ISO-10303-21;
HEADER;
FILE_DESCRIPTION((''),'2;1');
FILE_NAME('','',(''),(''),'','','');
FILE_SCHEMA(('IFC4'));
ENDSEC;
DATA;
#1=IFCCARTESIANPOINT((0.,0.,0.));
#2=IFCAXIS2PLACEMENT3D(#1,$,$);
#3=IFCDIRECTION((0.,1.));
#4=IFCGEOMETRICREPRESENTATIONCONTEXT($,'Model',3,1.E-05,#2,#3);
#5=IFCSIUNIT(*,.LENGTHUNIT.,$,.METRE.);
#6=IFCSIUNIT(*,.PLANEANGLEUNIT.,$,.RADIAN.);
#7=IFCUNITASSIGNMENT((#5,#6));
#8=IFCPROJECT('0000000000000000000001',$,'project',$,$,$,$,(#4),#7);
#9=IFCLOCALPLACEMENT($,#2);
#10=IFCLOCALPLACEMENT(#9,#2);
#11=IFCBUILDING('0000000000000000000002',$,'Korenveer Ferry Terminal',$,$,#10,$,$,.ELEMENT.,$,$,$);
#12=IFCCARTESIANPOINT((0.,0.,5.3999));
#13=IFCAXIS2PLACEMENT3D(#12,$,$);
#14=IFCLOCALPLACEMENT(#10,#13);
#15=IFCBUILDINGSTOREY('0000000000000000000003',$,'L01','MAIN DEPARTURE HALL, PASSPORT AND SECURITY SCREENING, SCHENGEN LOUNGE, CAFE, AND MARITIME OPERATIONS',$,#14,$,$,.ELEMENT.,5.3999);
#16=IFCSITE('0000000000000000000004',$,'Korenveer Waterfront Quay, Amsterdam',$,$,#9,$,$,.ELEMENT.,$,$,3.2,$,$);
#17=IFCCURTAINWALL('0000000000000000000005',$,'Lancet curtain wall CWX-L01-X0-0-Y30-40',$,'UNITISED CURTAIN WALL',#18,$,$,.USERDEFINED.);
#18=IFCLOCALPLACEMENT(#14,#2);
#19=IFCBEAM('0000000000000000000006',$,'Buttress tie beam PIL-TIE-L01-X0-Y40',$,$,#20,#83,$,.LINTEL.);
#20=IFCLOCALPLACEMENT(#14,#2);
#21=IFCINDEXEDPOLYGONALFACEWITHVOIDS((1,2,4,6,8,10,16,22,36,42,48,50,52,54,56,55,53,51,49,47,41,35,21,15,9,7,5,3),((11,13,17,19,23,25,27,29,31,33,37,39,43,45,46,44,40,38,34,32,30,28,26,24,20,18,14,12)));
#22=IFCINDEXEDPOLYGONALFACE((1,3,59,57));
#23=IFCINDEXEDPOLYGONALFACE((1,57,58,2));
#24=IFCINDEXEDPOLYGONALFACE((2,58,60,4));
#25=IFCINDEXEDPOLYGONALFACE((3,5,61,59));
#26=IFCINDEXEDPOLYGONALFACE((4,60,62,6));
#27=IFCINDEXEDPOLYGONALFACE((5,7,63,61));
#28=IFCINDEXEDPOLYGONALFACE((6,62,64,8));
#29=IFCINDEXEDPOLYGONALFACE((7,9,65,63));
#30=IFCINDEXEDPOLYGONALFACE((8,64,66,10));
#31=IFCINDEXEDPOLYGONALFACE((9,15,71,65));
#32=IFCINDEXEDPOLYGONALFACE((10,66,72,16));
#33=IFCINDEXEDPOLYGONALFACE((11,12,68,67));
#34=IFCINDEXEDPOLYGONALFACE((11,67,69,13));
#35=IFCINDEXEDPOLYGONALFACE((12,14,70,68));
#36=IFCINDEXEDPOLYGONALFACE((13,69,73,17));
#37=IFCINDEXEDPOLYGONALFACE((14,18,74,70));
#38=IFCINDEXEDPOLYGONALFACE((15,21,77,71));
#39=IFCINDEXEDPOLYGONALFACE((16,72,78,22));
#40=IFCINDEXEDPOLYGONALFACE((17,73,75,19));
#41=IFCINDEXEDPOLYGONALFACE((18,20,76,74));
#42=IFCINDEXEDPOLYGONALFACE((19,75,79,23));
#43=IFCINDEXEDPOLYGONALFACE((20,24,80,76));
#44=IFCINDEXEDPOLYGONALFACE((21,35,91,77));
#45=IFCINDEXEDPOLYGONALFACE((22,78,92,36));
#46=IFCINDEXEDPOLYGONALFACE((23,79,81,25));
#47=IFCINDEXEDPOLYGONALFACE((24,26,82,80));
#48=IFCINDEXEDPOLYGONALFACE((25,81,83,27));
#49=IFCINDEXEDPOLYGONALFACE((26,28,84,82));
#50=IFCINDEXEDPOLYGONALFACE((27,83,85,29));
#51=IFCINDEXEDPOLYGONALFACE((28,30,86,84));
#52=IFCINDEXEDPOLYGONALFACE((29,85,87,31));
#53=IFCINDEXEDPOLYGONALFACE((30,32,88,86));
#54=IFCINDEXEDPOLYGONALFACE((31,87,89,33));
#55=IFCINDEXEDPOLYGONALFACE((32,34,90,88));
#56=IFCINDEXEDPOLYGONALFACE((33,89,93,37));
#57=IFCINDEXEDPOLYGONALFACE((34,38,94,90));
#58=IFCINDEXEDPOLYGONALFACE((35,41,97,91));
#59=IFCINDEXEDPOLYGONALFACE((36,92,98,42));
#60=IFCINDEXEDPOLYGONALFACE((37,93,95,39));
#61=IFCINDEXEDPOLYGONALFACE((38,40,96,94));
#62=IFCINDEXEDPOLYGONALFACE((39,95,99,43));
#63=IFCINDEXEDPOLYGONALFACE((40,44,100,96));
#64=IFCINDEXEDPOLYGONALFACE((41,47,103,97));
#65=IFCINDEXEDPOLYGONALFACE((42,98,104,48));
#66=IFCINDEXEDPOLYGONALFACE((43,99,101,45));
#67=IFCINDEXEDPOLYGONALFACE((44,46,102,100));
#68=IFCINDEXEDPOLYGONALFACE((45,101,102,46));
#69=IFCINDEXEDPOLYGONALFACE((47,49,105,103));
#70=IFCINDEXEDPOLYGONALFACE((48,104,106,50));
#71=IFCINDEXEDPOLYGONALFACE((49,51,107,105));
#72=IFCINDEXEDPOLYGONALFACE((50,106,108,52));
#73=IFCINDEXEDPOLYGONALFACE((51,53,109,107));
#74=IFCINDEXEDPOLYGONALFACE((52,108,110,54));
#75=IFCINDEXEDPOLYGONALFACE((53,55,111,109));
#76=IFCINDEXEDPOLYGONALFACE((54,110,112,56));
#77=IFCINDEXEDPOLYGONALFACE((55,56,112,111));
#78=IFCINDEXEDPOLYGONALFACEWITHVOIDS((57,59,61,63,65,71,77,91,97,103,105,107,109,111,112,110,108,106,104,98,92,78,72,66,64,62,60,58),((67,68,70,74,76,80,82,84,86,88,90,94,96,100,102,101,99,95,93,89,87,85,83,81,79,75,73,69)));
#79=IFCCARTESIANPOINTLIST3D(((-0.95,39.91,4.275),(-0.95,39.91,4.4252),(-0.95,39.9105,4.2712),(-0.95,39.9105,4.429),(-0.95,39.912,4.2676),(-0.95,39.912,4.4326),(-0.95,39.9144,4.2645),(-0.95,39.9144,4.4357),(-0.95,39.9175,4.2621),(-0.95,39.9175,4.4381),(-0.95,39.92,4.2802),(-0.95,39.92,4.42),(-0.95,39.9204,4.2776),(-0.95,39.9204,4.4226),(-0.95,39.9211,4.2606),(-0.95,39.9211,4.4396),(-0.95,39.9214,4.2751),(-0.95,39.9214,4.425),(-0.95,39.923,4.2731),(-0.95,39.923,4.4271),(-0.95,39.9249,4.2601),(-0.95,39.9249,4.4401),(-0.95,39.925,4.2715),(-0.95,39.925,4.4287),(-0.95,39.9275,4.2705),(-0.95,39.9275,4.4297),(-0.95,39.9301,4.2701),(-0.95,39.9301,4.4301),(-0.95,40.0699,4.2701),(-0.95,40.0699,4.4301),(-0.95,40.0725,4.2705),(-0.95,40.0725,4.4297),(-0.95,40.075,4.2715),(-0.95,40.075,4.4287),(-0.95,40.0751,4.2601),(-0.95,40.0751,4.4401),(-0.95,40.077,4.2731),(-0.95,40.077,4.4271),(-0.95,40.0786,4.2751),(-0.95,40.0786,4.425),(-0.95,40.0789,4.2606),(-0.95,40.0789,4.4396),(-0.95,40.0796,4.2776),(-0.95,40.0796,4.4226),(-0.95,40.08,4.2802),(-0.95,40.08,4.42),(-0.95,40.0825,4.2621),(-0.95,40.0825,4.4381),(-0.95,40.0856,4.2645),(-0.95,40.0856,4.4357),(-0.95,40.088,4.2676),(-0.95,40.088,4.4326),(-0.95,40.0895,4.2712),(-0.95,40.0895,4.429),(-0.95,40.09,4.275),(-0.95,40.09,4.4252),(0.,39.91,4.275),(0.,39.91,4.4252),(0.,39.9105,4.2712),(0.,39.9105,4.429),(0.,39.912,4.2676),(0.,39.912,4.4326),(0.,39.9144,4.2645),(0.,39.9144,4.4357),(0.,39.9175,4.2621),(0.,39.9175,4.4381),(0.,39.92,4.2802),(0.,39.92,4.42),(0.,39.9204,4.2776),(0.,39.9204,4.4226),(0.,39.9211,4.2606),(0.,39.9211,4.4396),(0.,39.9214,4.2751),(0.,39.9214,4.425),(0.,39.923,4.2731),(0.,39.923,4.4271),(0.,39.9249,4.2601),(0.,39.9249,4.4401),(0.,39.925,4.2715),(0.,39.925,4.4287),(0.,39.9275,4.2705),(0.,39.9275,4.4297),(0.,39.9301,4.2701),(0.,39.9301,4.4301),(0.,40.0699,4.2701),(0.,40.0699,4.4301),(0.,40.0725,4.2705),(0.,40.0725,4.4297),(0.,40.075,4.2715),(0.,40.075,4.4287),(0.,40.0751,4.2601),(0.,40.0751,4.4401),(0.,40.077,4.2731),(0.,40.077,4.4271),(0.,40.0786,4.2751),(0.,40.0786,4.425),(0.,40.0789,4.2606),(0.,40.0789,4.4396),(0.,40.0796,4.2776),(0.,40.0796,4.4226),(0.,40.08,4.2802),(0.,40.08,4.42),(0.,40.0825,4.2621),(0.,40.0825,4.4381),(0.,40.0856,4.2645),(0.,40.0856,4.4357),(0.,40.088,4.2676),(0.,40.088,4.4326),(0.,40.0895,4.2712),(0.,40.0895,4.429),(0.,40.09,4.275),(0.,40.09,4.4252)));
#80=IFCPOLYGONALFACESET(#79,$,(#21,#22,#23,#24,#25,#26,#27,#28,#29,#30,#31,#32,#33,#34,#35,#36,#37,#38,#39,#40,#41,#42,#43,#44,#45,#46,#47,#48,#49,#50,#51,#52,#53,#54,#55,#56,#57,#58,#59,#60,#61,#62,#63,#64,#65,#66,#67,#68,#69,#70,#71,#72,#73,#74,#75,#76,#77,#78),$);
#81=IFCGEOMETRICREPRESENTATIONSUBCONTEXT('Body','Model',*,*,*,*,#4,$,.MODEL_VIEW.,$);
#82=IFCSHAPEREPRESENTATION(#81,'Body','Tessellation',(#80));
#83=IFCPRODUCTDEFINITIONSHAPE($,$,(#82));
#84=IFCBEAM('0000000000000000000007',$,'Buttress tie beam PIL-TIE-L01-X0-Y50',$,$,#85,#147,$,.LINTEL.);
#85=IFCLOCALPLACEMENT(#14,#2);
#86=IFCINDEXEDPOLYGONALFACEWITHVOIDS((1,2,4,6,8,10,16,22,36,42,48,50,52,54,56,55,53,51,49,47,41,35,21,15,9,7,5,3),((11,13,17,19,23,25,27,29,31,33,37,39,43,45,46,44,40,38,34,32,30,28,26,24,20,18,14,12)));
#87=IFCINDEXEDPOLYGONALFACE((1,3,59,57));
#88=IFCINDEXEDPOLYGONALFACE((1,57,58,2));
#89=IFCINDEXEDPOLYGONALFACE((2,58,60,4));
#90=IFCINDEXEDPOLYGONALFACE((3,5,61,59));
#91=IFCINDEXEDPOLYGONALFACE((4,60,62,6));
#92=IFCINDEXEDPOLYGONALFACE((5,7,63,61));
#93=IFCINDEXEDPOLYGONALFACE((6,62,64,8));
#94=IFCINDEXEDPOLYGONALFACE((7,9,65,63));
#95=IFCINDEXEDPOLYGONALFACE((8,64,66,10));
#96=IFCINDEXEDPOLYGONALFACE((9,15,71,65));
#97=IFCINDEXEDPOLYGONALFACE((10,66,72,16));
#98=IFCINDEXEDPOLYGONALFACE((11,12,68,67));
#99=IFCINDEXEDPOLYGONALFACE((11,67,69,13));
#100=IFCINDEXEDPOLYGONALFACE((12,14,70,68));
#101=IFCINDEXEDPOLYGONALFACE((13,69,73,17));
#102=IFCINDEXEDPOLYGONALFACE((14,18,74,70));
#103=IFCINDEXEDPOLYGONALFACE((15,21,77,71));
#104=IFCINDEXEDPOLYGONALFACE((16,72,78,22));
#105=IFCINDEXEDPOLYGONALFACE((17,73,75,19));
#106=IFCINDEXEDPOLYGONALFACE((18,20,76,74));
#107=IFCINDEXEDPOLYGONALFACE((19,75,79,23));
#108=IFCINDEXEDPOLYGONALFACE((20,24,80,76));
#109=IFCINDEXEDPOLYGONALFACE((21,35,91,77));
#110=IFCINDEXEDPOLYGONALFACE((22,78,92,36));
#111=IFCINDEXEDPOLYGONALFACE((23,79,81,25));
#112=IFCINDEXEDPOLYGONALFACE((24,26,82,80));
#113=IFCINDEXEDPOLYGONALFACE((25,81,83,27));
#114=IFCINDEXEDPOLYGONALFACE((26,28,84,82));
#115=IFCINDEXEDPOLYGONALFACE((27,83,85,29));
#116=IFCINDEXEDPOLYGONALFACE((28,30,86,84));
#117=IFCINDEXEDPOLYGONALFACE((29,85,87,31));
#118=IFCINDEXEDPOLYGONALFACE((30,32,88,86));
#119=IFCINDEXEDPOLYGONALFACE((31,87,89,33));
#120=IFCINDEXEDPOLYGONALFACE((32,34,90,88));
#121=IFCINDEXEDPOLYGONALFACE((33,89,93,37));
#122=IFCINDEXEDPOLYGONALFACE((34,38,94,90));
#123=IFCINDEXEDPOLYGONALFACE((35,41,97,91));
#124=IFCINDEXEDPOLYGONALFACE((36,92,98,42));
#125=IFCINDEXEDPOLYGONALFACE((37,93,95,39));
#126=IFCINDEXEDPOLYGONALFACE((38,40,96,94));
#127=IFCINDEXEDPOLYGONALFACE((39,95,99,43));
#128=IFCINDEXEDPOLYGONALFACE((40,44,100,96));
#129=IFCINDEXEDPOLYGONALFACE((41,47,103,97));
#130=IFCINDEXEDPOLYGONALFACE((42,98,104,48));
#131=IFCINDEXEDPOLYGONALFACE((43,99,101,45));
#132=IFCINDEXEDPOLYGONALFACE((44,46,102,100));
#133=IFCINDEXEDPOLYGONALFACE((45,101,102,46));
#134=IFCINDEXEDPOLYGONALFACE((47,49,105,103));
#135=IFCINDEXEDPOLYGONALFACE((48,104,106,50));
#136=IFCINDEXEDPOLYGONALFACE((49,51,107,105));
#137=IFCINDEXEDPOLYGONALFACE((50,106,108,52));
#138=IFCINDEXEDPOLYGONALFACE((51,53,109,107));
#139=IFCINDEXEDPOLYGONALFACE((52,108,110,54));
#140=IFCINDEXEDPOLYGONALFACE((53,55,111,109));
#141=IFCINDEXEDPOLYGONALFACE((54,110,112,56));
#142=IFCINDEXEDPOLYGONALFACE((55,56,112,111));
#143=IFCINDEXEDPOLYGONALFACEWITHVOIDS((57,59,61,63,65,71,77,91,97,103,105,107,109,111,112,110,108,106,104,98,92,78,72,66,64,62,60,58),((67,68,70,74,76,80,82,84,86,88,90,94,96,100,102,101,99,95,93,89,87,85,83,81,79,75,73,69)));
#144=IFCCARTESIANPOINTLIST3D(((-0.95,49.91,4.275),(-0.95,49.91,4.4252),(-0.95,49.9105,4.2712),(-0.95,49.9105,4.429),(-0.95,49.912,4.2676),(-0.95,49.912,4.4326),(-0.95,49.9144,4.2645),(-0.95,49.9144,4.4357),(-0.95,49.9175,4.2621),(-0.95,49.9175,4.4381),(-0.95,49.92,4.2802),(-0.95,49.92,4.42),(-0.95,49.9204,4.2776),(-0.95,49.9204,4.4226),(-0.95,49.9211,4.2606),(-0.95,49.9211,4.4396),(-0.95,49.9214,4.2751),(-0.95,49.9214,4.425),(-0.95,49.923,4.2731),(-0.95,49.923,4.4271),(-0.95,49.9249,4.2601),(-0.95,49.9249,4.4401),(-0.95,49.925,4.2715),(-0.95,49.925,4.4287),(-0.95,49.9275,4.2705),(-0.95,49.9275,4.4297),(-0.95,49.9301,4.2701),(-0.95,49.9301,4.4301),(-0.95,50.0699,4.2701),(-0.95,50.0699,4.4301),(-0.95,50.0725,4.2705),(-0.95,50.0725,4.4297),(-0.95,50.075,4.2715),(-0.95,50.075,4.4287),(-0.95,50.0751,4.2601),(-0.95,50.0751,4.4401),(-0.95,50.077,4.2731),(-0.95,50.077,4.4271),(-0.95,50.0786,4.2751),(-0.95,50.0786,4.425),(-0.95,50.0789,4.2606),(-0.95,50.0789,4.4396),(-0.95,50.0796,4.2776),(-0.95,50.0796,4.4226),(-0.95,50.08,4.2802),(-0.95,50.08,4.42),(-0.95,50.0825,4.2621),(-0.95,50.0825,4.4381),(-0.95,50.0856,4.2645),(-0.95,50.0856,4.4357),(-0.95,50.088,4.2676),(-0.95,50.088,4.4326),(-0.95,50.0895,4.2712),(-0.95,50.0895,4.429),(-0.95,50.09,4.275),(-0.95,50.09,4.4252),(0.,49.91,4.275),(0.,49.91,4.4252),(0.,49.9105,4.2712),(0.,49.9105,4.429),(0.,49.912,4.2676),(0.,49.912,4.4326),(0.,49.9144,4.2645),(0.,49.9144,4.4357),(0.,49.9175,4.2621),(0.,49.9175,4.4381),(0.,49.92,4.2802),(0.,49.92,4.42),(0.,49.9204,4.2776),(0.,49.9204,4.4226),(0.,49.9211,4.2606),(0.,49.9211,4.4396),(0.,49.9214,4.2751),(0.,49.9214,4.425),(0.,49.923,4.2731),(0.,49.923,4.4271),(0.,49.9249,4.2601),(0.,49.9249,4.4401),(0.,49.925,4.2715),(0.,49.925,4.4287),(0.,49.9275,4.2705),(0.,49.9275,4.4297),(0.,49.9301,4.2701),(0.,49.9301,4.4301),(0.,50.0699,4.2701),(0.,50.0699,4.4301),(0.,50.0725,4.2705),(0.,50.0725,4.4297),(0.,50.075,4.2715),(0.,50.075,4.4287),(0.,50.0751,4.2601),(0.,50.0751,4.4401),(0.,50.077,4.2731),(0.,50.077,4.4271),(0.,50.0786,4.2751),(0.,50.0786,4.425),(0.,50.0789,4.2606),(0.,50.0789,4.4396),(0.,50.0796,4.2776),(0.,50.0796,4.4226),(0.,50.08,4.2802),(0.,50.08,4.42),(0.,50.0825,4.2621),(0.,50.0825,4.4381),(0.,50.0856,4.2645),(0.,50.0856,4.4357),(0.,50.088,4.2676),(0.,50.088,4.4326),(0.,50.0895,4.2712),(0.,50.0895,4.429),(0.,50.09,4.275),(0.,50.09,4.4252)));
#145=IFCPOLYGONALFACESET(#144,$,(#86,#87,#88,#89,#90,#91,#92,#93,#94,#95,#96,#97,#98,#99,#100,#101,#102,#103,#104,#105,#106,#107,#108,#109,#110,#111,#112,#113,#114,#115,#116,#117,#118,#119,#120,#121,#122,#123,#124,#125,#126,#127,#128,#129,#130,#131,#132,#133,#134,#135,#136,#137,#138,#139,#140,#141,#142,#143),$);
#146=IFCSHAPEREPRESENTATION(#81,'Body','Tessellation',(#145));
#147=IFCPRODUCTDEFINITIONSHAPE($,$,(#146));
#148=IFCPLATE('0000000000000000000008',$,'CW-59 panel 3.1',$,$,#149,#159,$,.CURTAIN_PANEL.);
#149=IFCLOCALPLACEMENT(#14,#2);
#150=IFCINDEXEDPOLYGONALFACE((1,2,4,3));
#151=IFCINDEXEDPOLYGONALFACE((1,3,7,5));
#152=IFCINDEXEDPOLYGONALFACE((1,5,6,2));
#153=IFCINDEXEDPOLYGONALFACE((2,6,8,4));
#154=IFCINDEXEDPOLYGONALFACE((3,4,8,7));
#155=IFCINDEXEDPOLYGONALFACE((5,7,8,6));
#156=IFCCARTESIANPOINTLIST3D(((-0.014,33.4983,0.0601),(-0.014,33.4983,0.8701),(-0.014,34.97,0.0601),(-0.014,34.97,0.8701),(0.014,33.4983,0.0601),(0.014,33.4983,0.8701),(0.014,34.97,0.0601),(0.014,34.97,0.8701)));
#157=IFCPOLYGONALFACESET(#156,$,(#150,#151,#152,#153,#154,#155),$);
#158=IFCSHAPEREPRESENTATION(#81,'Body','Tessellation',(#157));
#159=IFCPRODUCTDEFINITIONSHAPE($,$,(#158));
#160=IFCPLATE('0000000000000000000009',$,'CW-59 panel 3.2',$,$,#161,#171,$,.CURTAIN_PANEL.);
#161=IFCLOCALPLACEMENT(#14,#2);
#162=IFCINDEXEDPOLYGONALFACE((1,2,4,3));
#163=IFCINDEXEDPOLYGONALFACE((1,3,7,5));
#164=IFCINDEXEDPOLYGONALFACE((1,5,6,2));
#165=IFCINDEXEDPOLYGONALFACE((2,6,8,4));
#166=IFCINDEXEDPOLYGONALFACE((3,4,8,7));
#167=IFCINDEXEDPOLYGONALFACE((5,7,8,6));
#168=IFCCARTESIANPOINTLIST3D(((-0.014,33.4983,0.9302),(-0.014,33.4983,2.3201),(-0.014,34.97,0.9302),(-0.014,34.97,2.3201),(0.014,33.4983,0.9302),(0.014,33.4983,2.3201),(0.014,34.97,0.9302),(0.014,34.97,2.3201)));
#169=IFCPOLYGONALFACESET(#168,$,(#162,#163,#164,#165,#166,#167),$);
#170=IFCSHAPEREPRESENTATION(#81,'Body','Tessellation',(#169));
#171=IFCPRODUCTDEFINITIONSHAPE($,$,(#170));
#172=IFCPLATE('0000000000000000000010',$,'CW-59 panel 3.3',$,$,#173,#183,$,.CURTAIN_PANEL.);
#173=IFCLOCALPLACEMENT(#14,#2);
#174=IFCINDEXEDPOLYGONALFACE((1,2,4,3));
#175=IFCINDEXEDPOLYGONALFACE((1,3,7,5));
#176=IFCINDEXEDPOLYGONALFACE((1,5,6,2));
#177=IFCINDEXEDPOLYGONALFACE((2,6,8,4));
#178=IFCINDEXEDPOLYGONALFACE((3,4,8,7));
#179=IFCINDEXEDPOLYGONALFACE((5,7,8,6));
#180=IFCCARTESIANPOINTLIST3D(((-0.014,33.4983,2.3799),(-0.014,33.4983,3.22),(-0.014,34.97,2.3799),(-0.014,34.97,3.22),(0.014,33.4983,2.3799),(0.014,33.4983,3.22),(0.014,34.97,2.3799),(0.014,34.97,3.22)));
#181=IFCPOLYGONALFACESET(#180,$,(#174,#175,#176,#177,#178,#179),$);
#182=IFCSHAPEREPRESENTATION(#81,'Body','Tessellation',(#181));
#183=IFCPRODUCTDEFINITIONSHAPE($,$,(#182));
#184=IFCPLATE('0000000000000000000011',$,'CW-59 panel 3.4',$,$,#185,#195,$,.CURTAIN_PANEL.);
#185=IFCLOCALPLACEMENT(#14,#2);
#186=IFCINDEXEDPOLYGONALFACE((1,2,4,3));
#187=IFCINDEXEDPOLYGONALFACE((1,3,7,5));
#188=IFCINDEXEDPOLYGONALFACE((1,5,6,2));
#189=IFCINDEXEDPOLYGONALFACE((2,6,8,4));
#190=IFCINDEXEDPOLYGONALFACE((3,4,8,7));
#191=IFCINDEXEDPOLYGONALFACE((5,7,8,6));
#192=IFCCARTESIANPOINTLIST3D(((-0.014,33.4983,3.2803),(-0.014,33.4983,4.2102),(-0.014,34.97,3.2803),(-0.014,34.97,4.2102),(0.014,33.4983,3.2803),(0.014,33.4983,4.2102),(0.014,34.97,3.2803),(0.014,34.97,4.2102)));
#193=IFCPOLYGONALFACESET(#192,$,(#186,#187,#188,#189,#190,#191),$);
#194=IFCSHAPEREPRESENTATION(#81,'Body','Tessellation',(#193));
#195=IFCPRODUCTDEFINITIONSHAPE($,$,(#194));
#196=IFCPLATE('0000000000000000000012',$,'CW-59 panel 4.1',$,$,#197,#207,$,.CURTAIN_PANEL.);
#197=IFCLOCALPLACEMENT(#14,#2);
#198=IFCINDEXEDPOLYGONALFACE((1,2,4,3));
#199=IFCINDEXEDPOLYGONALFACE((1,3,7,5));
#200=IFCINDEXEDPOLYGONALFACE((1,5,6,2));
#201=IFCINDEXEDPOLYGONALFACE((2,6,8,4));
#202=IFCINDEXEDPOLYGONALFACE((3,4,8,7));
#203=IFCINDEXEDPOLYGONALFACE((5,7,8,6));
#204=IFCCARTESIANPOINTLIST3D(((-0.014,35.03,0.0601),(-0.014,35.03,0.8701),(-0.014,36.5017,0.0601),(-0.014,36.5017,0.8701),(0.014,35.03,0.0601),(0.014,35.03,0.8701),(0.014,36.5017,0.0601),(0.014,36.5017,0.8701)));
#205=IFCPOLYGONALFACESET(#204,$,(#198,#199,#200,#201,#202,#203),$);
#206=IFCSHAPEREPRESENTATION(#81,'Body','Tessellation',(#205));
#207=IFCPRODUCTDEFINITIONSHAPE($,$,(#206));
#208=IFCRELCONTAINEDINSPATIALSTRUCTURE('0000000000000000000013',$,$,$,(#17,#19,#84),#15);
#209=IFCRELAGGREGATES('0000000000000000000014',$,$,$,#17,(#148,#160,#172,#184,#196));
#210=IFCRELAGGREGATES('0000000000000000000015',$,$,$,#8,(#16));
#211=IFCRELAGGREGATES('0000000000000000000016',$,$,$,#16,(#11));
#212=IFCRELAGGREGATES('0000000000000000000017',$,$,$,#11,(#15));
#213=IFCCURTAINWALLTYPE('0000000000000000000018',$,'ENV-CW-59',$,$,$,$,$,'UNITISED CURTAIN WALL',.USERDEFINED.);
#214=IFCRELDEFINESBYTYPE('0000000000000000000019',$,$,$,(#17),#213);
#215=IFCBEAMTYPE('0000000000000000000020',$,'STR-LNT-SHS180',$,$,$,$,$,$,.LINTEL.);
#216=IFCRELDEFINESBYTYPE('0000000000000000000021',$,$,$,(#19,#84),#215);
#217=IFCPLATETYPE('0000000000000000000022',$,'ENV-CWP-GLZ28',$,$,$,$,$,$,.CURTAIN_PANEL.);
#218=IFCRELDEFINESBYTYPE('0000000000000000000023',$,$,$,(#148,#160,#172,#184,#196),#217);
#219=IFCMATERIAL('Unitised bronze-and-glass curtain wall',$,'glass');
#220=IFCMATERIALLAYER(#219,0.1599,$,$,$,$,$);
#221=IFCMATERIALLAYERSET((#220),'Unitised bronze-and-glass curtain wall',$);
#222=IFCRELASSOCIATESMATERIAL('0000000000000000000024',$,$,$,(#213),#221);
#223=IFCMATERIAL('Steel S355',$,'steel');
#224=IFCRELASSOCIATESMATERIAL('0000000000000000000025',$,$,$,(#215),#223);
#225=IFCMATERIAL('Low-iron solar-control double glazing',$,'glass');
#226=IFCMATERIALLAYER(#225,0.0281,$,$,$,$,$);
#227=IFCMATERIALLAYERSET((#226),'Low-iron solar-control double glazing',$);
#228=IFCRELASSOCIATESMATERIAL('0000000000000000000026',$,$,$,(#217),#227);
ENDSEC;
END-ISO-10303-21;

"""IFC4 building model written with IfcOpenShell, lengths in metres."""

from ifc_helpers import new_model, si_unit, direction, frame, origin, origin_2d, place, context, subcontext, project, spatial, rectangle, hollow_rectangle, extrude, material, layer, layer_set, material_profile, profile_set, type_object, element, aggregate, save


model = new_model("IFC4")

# Units and contexts
model_context = context("Model", 3, precision=1e-05, world=origin(), true_north=direction((0.0, 1.0)))
body_context = subcontext(model_context, "Body", "Model", "MODEL_VIEW")
ifc_project = project(units=[si_unit("LENGTHUNIT", "METRE"), si_unit("PLANEANGLEUNIT", "RADIAN")], contexts=[model_context])

# Site, building, storey
site_placement = place(None, origin())
site = spatial("IfcSite", under=ifc_project, at=site_placement, Name="Korenveer Waterfront Quay, Amsterdam", CompositionType="ELEMENT", RefElevation=3.2)
building_placement = place(site_placement, origin())
building = spatial("IfcBuilding", under=site, at=building_placement, Name="Korenveer Ferry Terminal", CompositionType="ELEMENT")
storey_placement = place(building_placement, frame((0.0, 0.0, 5.3999)))
storey = spatial("IfcBuildingStorey", under=building, at=storey_placement, Name="L01", Description="MAIN DEPARTURE HALL, PASSPORT AND SECURITY SCREENING, SCHENGEN LOUNGE, CAFE, AND MARITIME OPERATIONS", CompositionType="ELEMENT", Elevation=5.3999)

# Shared definitions
ifc_material_1 = material(Name="Steel S355", Category="steel")

# Curtain wall
ifc_material_2 = material(Name="Unitised bronze-and-glass curtain wall", Category="glass")
ifc_layer_1 = layer(ifc_material_2, 0.1599)
ifc_layer_set_1 = layer_set([ifc_layer_1], Name="Unitised bronze-and-glass curtain wall")
curtain_wall_type = type_object("IfcCurtainWallType", Name="ENV-CW-59", ElementType="UNITISED CURTAIN WALL", PredefinedType="USERDEFINED", material=ifc_layer_set_1)
curtain_wall_placement = place(storey_placement, frame((0.0, 30.405, 0.0)))
curtain_wall = element("IfcCurtainWall", 1, at=curtain_wall_placement, inside=storey, type_object=curtain_wall_type, Name="Lancet curtain wall CWX-L01-X0-0-Y30-40", ObjectType="UNITISED CURTAIN WALL", PredefinedType="USERDEFINED")

# Beams
ifc_material_profile_1 = material_profile(ifc_material_1, hollow_rectangle(XDim=0.1799, YDim=0.1799, WallThickness=0.01, InnerFilletRadius=0.01, OuterFilletRadius=0.0149, at=origin_2d()), Name="SHS 180x180x10")
ifc_profile_set_1 = profile_set([ifc_material_profile_1], Name="Steel S355")
beam_type = type_object("IfcBeamType", Name="STR-LNT-SHS180", PredefinedType="LINTEL", material=ifc_profile_set_1)
for number, where, z_axis, x_axis, name in (
    (2, (-0.95, 40.0, 4.3501), (1.0, 0.0, 0.0), (0.0, 1.0, 0.0), "Buttress tie beam PIL-TIE-L01-X0-Y40"),
    (3, (-0.95, 50.0, 4.3501), (1.0, 0.0, 0.0), (0.0, 1.0, 0.0), "Buttress tie beam PIL-TIE-L01-X0-Y50"),
):
    element("IfcBeam", number, at=place(storey_placement, frame(where, z_axis=z_axis, x_axis=x_axis)), inside=storey, type_object=beam_type, Name=name, PredefinedType="LINTEL", context=body_context, shape_type="SweptSolid", body=[
        extrude(hollow_rectangle(XDim=0.1799, YDim=0.1799, WallThickness=0.01, InnerFilletRadius=0.01, OuterFilletRadius=0.0149, at=origin_2d()), origin(), (0.0, 0.0, 1.0), 0.95),
    ])

# Plates
ifc_material_3 = material(Name="Low-iron solar-control double glazing", Category="glass")
ifc_layer_2 = layer(ifc_material_3, 0.0281)
ifc_layer_set_2 = layer_set([ifc_layer_2], Name="Low-iron solar-control double glazing")
plate_type_1 = type_object("IfcPlateType", Name="ENV-CWP-GLZ28", PredefinedType="CURTAIN_PANEL", material=ifc_layer_set_2)
plate_1_placement = place(storey_placement, frame((0.0, 34.2341, 0.0601), z_axis=(0.0, 0.0, 1.0), x_axis=(0.0, 1.0, 0.0)))
plate_1 = element("IfcPlate", 4, at=plate_1_placement, type_object=plate_type_1, Name="CW-59 panel 3.1", PredefinedType="CURTAIN_PANEL", context=body_context, shape_type="SweptSolid", body=[
    extrude(rectangle(XDim=1.4717, YDim=0.0281, at=origin_2d()), origin(), (0.0, 0.0, 1.0), 0.8101),
])
plate_2_placement = place(storey_placement, frame((0.0, 34.2341, 0.9302), z_axis=(0.0, 0.0, 1.0), x_axis=(0.0, 1.0, 0.0)))
plate_2 = element("IfcPlate", 5, at=plate_2_placement, type_object=plate_type_1, Name="CW-59 panel 3.2", PredefinedType="CURTAIN_PANEL", context=body_context, shape_type="SweptSolid", body=[
    extrude(rectangle(XDim=1.4717, YDim=0.0281, at=origin_2d()), origin(), (0.0, 0.0, 1.0), 1.3899),
])
plate_3_placement = place(storey_placement, frame((0.0, 34.2341, 2.3799), z_axis=(0.0, 0.0, 1.0), x_axis=(0.0, 1.0, 0.0)))
plate_3 = element("IfcPlate", 6, at=plate_3_placement, type_object=plate_type_1, Name="CW-59 panel 3.3", PredefinedType="CURTAIN_PANEL", context=body_context, shape_type="SweptSolid", body=[
    extrude(rectangle(XDim=1.4717, YDim=0.0281, at=origin_2d()), origin(), (0.0, 0.0, 1.0), 0.8401),
])
plate_4_placement = place(storey_placement, frame((0.0, 34.2341, 3.2803), z_axis=(0.0, 0.0, 1.0), x_axis=(0.0, 1.0, 0.0)))
plate_4 = element("IfcPlate", 7, at=plate_4_placement, type_object=plate_type_1, Name="CW-59 panel 3.4", PredefinedType="CURTAIN_PANEL", context=body_context, shape_type="SweptSolid", body=[
    extrude(rectangle(XDim=1.4717, YDim=0.0281, at=origin_2d()), origin(), (0.0, 0.0, 1.0), 0.9299),
])
plate_5_placement = place(storey_placement, frame((0.0, 35.7659, 0.0601), z_axis=(0.0, 0.0, 1.0), x_axis=(0.0, 1.0, 0.0)))
plate_5 = element("IfcPlate", 8, at=plate_5_placement, type_object=plate_type_1, Name="CW-59 panel 4.1", PredefinedType="CURTAIN_PANEL", context=body_context, shape_type="SweptSolid", body=[
    extrude(rectangle(XDim=1.4717, YDim=0.0281, at=origin_2d()), origin(), (0.0, 0.0, 1.0), 0.8101),
])
aggregate(curtain_wall, [plate_1, plate_2, plate_3, plate_4, plate_5])

save(model, "model.ifc")
